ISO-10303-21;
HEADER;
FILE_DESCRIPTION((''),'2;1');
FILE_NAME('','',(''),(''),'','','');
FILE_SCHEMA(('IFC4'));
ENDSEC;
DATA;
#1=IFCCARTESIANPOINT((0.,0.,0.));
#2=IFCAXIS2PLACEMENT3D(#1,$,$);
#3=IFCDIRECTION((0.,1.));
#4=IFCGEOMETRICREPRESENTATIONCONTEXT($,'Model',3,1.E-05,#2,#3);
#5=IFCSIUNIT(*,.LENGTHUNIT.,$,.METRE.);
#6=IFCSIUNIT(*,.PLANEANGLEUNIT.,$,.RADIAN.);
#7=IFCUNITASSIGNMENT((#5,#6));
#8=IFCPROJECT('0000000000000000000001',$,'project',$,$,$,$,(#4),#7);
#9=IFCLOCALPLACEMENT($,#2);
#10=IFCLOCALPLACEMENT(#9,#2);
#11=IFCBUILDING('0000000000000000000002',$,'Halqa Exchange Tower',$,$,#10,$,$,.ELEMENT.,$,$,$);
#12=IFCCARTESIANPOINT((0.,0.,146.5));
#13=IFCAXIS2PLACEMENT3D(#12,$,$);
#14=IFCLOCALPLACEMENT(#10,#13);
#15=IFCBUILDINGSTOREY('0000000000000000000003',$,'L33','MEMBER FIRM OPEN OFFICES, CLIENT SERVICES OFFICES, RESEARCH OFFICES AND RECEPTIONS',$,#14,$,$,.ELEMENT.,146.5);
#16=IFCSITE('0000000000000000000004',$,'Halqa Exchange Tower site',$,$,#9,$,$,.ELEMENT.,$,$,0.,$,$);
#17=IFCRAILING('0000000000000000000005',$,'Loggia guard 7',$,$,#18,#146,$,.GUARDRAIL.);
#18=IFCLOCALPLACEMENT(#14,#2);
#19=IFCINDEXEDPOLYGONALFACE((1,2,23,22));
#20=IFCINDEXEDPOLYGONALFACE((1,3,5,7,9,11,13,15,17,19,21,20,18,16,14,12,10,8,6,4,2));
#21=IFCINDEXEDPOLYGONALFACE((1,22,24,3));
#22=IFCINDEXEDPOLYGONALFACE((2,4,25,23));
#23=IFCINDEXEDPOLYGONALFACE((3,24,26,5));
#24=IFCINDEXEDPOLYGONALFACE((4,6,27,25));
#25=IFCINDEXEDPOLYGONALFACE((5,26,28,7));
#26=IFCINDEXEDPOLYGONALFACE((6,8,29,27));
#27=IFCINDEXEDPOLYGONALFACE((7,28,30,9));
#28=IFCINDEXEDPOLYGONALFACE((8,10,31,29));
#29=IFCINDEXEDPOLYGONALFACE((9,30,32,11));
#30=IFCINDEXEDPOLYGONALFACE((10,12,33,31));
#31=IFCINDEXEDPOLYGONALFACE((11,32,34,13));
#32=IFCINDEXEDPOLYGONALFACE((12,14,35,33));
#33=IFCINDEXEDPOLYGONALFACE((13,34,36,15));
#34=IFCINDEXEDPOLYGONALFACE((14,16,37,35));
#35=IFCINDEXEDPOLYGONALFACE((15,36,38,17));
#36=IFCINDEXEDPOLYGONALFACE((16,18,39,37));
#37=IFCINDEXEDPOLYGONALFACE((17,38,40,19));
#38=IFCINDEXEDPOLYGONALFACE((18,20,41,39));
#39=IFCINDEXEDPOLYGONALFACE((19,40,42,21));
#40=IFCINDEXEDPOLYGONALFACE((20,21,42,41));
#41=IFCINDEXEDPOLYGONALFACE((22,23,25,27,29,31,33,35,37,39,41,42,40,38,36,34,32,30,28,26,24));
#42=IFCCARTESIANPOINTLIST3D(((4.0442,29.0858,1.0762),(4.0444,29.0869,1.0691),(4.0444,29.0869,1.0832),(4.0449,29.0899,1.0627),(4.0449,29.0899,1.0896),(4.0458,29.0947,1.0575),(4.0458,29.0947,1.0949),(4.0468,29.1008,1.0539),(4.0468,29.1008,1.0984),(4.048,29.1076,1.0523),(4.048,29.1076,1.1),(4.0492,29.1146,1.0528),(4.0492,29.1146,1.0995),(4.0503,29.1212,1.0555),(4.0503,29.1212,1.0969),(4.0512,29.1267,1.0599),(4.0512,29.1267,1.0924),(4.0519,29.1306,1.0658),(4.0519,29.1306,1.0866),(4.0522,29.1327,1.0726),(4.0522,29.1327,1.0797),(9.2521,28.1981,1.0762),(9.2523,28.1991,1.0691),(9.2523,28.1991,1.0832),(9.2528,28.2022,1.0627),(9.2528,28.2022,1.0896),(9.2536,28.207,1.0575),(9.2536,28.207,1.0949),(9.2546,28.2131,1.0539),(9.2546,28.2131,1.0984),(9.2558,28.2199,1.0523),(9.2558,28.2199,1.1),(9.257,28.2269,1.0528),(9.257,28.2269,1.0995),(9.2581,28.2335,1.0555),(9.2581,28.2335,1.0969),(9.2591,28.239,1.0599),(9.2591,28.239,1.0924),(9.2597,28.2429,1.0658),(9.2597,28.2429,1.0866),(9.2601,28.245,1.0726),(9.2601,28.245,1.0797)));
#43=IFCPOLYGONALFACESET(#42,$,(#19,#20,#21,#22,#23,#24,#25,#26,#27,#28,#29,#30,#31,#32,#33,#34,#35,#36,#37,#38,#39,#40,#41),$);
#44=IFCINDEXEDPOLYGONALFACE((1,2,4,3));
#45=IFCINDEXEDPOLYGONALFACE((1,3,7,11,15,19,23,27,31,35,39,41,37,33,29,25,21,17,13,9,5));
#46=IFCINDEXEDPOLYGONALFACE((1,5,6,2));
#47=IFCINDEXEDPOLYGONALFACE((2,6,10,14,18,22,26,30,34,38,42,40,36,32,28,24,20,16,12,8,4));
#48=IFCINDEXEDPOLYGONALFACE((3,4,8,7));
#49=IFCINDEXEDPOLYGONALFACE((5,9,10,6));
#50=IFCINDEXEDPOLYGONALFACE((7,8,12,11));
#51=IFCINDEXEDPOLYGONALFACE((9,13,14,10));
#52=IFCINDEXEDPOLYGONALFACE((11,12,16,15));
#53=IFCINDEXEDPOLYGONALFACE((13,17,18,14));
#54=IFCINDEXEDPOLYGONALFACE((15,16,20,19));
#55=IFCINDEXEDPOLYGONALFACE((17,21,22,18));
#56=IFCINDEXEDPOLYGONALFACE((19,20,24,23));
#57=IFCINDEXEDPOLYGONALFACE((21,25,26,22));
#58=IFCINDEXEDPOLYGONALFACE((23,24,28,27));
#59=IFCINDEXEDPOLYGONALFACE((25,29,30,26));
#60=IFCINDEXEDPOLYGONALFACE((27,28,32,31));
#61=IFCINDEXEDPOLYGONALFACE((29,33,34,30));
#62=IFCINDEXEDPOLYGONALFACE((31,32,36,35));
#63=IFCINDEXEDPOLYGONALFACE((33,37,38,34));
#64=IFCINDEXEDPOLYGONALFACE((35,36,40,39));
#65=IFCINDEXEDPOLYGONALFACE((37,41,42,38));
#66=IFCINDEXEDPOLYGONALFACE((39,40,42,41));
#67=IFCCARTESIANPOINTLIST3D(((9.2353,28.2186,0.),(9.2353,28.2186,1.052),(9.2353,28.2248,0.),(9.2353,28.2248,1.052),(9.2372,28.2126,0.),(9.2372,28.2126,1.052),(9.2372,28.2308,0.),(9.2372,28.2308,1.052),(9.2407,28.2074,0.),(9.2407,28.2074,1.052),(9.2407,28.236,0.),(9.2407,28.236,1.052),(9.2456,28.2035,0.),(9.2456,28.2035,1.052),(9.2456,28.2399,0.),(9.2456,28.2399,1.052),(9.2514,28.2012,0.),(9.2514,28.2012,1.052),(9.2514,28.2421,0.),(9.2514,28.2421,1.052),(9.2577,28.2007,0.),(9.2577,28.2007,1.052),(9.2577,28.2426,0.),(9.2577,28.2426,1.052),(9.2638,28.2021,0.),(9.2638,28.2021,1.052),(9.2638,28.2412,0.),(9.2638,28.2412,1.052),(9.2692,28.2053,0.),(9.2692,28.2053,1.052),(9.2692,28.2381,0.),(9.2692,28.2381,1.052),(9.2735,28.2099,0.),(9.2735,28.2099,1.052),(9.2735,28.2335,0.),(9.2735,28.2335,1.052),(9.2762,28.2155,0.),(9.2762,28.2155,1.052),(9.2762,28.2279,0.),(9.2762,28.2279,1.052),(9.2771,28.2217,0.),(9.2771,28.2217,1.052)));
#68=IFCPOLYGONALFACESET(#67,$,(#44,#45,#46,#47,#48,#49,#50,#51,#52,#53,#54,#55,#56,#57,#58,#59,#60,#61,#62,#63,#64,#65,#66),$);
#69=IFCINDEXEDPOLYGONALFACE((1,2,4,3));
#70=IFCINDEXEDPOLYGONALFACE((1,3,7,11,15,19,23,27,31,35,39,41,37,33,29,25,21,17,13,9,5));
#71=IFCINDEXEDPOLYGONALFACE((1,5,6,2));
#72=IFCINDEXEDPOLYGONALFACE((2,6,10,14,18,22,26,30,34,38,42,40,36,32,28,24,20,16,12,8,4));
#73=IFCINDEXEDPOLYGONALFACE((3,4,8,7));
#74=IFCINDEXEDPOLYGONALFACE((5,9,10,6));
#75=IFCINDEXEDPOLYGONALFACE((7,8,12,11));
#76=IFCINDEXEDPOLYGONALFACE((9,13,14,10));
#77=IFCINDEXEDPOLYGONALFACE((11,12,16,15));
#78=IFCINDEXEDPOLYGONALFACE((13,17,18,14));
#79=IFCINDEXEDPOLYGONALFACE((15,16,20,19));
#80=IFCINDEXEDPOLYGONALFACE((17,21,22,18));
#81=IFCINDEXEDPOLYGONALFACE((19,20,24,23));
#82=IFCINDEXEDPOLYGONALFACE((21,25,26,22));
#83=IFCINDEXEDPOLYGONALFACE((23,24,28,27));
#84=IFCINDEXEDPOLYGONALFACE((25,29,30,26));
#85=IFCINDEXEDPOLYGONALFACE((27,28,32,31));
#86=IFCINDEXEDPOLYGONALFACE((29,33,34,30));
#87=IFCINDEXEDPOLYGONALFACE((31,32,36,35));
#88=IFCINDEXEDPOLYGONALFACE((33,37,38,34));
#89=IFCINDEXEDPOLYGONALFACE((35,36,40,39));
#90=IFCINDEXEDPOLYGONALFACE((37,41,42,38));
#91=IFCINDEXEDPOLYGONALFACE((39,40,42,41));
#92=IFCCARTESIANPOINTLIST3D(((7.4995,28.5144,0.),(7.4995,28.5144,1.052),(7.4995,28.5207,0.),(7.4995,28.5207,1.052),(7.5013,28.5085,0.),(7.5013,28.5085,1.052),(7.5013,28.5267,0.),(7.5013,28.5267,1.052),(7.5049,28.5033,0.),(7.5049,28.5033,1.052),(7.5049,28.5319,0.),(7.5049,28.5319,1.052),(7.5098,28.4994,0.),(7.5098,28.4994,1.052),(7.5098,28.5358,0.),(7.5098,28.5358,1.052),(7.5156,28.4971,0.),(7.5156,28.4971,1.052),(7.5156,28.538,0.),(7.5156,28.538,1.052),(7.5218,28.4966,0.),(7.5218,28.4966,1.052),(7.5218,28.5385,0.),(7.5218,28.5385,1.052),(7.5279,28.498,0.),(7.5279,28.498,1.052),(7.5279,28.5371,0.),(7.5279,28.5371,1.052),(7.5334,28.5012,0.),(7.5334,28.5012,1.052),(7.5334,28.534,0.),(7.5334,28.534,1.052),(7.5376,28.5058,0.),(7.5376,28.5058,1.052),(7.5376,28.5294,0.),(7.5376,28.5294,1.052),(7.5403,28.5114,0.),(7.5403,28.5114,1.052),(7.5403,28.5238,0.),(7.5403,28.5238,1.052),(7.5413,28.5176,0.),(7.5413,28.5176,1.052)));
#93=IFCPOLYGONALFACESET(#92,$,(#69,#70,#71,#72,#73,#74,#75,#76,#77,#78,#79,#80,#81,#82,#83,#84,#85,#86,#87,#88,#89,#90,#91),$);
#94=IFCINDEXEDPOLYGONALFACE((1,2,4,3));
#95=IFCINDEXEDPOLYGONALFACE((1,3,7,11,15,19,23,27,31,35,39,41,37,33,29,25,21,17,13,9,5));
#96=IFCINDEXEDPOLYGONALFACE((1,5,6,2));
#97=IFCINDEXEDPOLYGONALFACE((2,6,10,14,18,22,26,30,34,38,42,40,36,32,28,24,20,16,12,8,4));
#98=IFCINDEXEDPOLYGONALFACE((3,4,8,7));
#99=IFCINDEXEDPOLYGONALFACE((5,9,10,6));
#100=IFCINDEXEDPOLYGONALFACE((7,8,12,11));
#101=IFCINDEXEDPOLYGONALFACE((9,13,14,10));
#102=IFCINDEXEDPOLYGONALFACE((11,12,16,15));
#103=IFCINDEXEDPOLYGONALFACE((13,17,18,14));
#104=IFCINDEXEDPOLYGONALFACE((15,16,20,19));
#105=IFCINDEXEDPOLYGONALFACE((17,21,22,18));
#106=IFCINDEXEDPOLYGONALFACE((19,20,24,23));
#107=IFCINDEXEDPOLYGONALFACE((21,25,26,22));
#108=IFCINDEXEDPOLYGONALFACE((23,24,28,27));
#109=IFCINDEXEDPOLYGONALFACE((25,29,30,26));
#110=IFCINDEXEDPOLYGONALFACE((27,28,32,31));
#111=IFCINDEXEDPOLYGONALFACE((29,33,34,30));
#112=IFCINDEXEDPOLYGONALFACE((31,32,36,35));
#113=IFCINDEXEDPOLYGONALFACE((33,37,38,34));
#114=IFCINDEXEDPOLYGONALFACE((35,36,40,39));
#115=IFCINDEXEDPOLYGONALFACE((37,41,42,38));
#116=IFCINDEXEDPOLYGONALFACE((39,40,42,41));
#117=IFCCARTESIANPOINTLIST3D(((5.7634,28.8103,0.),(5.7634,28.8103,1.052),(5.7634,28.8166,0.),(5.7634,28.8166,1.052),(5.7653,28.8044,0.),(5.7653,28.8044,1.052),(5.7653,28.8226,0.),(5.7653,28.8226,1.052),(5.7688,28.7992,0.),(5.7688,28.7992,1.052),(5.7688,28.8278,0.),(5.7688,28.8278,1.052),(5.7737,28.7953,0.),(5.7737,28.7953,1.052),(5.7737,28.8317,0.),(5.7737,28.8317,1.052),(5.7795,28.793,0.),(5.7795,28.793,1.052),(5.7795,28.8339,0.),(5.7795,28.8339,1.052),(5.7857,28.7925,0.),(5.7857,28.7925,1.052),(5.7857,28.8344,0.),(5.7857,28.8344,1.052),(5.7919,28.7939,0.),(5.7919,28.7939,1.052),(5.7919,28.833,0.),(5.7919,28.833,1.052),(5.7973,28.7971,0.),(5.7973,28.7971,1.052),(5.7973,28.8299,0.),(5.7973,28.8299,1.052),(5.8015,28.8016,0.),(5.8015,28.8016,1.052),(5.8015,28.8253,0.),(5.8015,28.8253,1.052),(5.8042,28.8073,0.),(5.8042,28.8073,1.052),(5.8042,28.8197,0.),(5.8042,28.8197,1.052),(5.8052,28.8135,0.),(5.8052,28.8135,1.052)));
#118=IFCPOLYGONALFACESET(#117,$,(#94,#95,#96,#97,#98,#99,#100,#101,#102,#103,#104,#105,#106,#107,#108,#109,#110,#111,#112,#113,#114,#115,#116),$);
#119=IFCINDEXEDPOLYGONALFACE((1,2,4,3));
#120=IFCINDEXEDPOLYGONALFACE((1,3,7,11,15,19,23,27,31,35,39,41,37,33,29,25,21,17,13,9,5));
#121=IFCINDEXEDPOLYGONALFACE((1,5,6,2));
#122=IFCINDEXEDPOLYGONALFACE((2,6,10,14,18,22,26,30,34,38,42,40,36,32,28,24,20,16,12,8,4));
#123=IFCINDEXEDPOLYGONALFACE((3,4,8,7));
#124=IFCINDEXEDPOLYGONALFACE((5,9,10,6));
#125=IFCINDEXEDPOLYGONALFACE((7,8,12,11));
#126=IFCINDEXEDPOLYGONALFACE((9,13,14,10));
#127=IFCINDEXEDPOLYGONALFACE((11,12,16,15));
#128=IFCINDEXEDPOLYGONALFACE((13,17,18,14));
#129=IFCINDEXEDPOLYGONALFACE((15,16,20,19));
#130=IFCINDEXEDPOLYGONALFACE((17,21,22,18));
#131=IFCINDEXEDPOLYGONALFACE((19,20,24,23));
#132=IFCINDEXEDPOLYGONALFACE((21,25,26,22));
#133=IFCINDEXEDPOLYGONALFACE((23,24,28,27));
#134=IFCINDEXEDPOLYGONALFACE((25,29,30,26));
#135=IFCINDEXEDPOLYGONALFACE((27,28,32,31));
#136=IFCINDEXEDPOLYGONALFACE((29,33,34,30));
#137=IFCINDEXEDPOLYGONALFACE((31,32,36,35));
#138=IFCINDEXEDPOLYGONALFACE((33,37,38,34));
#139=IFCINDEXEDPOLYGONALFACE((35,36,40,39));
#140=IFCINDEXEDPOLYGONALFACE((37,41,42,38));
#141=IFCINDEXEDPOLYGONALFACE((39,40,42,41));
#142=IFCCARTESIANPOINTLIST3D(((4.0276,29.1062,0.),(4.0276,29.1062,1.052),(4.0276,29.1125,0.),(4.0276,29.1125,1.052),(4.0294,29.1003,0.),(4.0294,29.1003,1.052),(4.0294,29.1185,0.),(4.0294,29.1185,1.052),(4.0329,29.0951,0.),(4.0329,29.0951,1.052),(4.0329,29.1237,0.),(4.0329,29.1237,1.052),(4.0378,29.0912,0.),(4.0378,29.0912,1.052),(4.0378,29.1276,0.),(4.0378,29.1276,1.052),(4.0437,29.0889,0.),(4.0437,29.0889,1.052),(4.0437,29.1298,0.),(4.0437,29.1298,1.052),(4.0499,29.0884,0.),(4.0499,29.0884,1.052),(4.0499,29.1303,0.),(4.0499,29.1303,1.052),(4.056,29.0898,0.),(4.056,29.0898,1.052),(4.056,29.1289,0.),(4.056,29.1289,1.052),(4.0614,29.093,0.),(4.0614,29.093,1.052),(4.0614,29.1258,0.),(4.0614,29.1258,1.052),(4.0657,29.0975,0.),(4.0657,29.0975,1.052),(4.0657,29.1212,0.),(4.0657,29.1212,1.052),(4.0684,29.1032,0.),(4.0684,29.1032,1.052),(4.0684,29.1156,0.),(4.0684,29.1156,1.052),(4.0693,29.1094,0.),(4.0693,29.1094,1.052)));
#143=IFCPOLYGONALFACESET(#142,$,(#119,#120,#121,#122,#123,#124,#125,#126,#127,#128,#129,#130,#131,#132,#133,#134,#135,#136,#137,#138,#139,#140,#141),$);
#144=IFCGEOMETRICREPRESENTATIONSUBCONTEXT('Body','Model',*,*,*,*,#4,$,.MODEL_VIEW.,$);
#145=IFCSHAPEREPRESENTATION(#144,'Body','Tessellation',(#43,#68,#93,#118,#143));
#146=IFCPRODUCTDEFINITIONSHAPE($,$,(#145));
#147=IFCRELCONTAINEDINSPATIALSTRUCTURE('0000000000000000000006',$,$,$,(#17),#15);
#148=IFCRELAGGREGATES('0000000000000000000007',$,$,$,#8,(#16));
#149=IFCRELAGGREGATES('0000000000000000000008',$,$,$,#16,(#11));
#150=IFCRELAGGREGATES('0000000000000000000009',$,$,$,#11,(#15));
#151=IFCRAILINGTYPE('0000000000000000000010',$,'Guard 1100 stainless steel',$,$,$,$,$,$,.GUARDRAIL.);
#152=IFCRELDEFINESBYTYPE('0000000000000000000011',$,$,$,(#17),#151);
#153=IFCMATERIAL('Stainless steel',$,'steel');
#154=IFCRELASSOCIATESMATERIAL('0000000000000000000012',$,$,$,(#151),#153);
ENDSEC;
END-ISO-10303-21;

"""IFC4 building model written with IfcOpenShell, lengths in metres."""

from ifc_helpers import new_model, si_unit, direction, frame, origin, origin_2d, place, context, subcontext, project, spatial, circle, extrude, material, type_object, element, save


model = new_model("IFC4")

# Units and contexts
model_context = context("Model", 3, precision=1e-05, world=origin(), true_north=direction((0.0, 1.0)))
body_context = subcontext(model_context, "Body", "Model", "MODEL_VIEW")
ifc_project = project(units=[si_unit("LENGTHUNIT", "METRE"), si_unit("PLANEANGLEUNIT", "RADIAN")], contexts=[model_context])

# Site, building, storey
site_placement = place(None, origin())
site = spatial("IfcSite", under=ifc_project, at=site_placement, Name="Halqa Exchange Tower site", CompositionType="ELEMENT", RefElevation=0.0)
building_placement = place(site_placement, origin())
building = spatial("IfcBuilding", under=site, at=building_placement, Name="Halqa Exchange Tower", CompositionType="ELEMENT")
storey_placement = place(building_placement, frame((0.0, 0.0, 146.5)))
storey = spatial("IfcBuildingStorey", under=building, at=storey_placement, Name="L33", Description="MEMBER FIRM OPEN OFFICES, CLIENT SERVICES OFFICES, RESEARCH OFFICES AND RECEPTIONS", CompositionType="ELEMENT", Elevation=146.5)

# Railing
ifc_material_1 = material(Name="Stainless steel", Category="steel")
railing_type = type_object("IfcRailingType", Name="Guard 1100 stainless steel", PredefinedType="GUARDRAIL", material=ifc_material_1)
railing_1_placement = place(storey_placement, frame((9.2561, 28.2217, 0.0)))
element("IfcRailing", 1, at=railing_1_placement, inside=storey, type_object=railing_type, Name="Loggia guard 7", PredefinedType="GUARDRAIL", context=body_context, shape_type="SweptSolid", body=[
    extrude(circle(Radius=0.0239, at=origin_2d()), frame((0.0, 0.0, 1.0762), z_axis=(-0.985781, 0.168033, 0.0), x_axis=(-0.168033, -0.985781, 0.0)), (0.0, 0.0, 1.0), 5.283),
    extrude(circle(Radius=0.021, at=origin_2d()), origin(), (0.0, 0.0, 1.0), 1.052),
    extrude(circle(Radius=0.021, at=origin_2d()), frame((-1.7358, 0.2959, 0.0)), (0.0, 0.0, 1.0), 1.052),
    extrude(circle(Radius=0.021, at=origin_2d()), frame((-3.4719, 0.5918, 0.0)), (0.0, 0.0, 1.0), 1.052),
    extrude(circle(Radius=0.021, at=origin_2d()), frame((-5.2078, 0.8877, 0.0)), (0.0, 0.0, 1.0), 1.052),
])

save(model, "model.ifc")
